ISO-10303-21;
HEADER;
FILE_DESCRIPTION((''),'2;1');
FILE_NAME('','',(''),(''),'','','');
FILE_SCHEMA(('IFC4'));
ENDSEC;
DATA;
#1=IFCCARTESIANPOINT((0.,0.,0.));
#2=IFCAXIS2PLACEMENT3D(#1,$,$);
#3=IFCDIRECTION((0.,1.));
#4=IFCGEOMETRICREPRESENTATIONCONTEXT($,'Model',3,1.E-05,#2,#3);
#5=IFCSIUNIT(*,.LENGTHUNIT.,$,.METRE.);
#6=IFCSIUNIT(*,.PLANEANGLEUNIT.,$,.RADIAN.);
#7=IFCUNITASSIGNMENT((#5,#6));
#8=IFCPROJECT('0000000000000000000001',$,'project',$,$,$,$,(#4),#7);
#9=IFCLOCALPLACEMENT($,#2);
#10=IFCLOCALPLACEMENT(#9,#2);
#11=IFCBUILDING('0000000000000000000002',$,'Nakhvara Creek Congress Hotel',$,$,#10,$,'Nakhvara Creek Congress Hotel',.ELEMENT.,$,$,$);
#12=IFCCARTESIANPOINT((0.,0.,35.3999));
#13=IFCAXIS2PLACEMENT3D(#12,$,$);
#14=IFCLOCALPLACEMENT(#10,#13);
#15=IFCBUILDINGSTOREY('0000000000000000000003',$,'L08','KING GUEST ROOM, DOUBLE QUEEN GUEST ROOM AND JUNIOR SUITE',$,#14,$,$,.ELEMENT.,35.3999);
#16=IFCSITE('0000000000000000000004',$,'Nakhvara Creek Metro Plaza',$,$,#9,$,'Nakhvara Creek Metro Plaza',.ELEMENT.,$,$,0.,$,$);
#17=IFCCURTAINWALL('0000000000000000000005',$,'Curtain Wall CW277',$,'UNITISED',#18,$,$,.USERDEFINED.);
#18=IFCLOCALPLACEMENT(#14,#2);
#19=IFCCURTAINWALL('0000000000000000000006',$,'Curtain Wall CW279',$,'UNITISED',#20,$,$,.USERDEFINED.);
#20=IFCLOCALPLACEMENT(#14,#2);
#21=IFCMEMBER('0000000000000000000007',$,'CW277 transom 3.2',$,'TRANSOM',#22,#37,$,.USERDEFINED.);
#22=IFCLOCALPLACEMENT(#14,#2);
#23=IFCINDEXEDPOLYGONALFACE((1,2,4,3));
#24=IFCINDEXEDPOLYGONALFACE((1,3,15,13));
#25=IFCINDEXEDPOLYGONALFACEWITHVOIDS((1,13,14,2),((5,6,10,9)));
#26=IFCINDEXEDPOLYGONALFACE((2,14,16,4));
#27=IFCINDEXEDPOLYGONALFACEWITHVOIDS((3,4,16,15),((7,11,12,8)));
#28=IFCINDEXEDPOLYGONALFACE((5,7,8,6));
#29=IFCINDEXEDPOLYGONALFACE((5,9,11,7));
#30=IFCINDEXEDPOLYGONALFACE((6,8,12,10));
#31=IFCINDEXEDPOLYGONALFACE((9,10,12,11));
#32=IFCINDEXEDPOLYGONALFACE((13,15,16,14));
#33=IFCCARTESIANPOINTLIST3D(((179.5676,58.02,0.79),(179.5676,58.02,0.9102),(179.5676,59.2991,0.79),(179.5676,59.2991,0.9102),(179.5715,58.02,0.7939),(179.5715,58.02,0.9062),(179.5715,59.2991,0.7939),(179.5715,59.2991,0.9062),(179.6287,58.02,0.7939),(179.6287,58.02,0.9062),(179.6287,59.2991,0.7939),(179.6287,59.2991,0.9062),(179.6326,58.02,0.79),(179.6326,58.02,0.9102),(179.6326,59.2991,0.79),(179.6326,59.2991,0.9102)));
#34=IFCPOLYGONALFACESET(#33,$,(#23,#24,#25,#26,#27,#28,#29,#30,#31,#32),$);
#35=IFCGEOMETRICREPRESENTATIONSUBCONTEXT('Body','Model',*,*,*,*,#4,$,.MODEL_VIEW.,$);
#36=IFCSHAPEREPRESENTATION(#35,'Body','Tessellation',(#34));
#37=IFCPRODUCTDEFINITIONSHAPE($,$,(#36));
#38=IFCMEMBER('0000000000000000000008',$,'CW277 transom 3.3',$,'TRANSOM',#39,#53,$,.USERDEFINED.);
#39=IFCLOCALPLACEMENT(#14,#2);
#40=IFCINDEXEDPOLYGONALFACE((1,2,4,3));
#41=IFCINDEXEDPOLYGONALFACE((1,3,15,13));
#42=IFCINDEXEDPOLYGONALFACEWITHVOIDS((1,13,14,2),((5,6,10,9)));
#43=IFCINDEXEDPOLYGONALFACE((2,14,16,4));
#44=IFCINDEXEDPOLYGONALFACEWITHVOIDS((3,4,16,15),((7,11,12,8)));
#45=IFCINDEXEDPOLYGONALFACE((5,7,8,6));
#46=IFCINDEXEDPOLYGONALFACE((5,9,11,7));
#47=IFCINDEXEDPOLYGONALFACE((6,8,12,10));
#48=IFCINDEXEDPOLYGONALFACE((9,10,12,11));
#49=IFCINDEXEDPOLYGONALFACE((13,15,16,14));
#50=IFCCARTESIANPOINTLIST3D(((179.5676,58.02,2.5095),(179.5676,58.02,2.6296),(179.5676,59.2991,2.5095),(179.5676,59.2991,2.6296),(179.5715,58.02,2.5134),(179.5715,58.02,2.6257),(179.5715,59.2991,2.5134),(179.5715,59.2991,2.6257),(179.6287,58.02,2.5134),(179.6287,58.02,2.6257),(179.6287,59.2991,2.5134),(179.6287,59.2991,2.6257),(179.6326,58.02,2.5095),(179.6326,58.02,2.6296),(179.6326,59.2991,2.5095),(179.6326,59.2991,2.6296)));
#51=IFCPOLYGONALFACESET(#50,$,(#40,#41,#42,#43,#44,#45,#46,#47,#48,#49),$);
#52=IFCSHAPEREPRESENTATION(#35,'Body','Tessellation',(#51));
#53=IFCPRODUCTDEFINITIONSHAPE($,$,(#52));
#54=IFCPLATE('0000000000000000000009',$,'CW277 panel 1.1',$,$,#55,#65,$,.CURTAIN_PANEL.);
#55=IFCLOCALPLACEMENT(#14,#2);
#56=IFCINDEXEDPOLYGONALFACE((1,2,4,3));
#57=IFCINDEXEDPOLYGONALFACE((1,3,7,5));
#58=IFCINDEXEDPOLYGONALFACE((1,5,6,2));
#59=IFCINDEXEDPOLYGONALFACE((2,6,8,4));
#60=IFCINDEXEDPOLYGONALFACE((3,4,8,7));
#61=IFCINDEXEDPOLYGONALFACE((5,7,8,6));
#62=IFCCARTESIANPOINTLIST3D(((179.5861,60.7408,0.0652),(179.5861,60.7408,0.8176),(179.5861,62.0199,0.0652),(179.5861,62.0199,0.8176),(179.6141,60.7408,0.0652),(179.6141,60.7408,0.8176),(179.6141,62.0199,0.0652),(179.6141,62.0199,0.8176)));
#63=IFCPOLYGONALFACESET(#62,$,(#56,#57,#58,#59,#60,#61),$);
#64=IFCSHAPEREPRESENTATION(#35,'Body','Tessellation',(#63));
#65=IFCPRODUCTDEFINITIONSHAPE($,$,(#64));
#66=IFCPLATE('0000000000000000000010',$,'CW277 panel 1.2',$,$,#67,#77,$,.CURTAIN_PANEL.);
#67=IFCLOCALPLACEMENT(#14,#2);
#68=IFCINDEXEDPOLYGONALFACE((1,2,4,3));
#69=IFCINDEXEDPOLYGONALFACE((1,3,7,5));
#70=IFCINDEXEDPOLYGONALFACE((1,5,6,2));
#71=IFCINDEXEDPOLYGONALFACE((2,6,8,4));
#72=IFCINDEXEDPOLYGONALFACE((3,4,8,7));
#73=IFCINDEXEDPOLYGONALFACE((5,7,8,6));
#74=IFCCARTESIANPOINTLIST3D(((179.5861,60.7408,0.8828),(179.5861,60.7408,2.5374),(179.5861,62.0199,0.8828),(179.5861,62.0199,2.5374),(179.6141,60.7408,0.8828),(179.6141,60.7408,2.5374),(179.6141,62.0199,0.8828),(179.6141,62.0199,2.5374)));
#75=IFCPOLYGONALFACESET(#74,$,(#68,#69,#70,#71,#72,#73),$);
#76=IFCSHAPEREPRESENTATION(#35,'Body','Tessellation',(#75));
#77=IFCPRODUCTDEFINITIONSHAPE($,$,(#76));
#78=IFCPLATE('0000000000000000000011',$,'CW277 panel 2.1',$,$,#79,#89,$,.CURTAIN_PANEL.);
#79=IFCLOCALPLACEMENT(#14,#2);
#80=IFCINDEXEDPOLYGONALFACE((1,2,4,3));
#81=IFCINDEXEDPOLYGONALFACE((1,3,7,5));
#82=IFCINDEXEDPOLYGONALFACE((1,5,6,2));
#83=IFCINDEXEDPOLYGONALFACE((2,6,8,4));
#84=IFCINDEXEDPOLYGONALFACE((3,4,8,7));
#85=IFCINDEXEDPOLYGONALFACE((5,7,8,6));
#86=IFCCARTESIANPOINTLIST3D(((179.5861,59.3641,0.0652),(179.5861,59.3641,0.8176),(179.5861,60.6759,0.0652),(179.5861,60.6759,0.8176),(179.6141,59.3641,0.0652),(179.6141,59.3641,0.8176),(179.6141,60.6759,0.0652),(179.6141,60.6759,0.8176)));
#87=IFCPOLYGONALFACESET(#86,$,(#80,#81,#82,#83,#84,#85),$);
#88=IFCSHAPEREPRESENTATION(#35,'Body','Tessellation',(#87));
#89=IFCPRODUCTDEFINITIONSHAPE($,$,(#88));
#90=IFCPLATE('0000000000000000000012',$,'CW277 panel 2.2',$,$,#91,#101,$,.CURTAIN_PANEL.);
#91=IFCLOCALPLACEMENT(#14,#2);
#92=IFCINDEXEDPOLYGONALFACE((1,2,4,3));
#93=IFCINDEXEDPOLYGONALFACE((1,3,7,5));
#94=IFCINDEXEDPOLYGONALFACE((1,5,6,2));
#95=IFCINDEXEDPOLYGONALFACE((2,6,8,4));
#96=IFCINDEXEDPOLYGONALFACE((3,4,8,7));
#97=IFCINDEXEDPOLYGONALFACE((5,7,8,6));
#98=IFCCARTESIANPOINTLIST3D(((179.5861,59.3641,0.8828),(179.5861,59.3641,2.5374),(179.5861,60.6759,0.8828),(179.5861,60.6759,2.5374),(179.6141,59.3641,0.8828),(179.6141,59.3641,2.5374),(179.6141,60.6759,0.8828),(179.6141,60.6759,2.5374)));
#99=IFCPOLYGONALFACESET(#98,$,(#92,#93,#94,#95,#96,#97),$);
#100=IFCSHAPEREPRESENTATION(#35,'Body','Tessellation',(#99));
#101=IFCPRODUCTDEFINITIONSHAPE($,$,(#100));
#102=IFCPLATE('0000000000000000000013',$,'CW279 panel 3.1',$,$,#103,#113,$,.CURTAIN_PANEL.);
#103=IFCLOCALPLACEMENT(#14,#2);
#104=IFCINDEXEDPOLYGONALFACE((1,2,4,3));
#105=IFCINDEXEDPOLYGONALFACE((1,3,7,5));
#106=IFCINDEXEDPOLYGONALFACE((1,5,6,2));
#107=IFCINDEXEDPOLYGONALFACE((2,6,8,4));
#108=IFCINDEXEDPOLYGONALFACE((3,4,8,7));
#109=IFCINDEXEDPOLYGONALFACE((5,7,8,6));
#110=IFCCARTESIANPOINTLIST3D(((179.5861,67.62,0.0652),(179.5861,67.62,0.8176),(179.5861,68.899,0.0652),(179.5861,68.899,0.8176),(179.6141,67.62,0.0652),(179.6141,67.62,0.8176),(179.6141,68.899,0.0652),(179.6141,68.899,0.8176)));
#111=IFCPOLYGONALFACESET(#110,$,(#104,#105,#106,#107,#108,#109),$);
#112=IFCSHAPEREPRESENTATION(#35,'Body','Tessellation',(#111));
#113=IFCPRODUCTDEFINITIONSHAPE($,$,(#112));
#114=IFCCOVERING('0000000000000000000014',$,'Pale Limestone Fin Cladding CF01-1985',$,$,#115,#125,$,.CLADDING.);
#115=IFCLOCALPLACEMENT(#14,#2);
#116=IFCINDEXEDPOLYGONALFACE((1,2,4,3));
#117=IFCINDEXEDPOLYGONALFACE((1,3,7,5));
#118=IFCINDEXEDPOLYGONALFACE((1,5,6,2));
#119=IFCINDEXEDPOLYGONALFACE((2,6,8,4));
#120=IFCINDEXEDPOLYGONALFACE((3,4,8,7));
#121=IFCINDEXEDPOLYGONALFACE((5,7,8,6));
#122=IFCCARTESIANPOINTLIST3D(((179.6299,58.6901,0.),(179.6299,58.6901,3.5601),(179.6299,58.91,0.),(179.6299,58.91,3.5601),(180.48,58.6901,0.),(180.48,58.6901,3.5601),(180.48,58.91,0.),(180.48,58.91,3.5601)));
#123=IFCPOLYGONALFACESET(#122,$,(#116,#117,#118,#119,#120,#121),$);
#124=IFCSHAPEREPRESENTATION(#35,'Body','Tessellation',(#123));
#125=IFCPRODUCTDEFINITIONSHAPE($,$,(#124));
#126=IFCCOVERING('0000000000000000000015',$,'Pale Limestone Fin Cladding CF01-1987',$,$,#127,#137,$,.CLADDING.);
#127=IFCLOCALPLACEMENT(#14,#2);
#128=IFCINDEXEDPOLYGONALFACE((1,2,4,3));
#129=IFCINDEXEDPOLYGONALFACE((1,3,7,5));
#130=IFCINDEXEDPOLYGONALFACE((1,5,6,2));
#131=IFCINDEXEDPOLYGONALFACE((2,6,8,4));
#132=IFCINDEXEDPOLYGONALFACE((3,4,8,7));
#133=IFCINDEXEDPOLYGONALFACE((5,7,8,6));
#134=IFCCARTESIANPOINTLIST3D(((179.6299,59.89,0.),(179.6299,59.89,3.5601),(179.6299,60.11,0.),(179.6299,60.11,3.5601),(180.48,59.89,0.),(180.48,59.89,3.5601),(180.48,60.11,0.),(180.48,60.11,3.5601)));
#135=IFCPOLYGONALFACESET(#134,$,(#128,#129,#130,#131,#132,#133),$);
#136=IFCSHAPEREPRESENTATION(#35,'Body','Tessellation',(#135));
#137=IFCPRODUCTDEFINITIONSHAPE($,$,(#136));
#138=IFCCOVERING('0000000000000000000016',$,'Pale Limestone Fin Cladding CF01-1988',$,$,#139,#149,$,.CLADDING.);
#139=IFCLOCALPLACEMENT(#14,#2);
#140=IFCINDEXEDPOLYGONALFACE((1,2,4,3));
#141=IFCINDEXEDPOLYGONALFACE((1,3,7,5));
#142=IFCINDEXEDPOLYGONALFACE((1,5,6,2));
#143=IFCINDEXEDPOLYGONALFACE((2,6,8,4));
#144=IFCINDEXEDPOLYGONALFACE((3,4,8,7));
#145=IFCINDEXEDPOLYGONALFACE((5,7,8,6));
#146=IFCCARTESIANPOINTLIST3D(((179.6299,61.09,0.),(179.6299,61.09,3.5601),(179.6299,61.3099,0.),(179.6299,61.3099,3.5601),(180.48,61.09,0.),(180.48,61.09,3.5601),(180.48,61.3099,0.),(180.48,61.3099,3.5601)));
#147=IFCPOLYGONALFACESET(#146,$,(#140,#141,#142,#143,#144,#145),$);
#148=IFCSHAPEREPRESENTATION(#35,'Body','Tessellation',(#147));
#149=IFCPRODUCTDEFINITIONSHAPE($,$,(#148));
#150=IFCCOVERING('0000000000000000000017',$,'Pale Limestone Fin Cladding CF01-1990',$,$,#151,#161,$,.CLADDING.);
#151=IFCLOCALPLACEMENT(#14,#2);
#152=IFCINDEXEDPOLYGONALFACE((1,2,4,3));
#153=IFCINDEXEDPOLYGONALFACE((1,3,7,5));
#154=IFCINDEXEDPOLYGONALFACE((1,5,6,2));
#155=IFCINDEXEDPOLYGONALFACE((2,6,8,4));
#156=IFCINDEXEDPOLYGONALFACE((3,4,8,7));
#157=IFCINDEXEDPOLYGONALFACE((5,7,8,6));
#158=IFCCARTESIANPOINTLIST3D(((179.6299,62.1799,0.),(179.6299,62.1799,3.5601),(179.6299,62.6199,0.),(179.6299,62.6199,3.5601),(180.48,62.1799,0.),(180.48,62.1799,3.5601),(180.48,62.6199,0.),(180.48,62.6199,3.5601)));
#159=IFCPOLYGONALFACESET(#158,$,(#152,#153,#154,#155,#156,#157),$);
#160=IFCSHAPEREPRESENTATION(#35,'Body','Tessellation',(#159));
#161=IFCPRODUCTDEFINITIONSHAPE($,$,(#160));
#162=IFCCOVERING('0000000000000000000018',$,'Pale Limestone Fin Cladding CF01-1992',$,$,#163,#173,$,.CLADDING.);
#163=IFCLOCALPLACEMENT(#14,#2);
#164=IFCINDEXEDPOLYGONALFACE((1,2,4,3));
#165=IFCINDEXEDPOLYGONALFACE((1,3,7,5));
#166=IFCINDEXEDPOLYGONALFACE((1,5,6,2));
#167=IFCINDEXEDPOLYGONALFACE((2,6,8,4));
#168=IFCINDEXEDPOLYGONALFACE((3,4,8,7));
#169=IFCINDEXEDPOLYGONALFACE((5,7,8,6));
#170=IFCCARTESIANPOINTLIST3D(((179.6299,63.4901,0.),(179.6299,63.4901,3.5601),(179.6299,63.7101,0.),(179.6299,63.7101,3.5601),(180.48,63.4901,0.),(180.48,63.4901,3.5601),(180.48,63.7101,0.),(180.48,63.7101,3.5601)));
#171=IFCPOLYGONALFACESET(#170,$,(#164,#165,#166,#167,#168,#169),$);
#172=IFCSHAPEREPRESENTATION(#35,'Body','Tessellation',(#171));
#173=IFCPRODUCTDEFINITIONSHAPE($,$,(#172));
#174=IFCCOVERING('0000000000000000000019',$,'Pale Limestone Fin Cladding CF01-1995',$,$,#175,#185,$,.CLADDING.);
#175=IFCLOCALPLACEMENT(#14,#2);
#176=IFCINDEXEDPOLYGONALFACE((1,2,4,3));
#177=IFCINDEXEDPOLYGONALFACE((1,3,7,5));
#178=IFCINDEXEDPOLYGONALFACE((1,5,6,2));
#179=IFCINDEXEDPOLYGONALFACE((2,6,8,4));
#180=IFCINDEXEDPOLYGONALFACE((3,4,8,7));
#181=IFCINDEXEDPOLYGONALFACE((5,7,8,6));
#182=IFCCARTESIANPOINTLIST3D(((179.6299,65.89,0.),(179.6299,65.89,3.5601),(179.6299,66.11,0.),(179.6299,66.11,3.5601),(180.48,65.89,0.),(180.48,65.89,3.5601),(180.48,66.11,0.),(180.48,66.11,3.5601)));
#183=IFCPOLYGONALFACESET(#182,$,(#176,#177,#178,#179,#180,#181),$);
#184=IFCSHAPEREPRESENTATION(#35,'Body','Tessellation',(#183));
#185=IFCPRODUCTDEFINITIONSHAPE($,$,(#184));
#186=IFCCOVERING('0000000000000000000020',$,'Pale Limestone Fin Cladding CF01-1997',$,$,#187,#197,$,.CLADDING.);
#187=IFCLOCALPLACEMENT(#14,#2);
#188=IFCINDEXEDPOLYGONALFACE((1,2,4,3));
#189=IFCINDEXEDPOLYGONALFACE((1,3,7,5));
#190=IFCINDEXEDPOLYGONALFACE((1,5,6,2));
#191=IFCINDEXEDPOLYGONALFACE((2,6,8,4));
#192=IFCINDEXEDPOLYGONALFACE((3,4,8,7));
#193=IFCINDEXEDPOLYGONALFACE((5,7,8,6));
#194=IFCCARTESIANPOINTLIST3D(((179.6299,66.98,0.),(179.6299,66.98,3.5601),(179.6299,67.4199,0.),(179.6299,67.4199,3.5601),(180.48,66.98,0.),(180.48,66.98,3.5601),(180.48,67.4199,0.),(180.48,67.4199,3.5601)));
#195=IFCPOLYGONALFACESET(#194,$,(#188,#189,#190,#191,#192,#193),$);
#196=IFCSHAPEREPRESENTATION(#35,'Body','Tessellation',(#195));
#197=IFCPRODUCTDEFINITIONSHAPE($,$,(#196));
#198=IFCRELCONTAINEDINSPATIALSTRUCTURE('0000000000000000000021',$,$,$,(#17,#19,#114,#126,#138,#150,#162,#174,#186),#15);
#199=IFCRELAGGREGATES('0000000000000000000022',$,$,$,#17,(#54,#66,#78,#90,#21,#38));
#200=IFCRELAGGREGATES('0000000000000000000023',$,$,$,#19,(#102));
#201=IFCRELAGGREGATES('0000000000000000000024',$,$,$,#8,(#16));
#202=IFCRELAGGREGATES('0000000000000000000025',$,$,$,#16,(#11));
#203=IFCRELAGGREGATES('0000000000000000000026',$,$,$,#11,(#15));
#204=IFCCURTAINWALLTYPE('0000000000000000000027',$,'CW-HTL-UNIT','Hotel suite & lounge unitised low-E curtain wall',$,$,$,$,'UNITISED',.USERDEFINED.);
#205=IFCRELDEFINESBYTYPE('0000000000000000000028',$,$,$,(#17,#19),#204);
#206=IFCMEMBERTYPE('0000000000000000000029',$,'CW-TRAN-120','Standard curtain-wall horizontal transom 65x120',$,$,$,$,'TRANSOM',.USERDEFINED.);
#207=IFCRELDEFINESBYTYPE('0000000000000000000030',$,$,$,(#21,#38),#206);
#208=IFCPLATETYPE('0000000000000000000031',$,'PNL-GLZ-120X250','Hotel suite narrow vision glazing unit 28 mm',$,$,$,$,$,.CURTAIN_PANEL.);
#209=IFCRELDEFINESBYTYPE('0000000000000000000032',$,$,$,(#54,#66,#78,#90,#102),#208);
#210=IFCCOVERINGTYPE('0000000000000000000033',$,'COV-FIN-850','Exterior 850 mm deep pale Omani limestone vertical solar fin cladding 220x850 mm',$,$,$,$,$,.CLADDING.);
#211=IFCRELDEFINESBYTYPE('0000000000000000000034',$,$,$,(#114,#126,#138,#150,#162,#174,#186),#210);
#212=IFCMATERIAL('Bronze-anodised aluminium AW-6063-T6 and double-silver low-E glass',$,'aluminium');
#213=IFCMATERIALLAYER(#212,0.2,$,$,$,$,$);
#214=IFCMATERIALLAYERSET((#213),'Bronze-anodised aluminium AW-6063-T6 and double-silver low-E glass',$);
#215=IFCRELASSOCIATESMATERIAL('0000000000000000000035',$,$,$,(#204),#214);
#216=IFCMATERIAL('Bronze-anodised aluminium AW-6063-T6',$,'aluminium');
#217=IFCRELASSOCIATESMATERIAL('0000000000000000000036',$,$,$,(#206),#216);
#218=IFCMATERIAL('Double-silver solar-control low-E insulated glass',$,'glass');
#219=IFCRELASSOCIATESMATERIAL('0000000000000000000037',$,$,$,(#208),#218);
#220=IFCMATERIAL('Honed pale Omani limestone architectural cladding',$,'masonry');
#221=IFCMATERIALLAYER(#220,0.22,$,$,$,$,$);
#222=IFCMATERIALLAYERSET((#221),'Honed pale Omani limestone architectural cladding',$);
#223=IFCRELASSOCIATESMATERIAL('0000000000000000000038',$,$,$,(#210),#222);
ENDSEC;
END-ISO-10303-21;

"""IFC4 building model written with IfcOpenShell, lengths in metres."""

from ifc_helpers import new_model, si_unit, direction, frame, origin, origin_2d, place, context, subcontext, project, spatial, rectangle, hollow_rectangle, extrude, material, layer, layer_set, material_profile, profile_set, type_object, element, aggregate, save


model = new_model("IFC4")

# Units and contexts
model_context = context("Model", 3, precision=1e-05, world=origin(), true_north=direction((0.0, 1.0)))
body_context = subcontext(model_context, "Body", "Model", "MODEL_VIEW")
ifc_project = project(units=[si_unit("LENGTHUNIT", "METRE"), si_unit("PLANEANGLEUNIT", "RADIAN")], contexts=[model_context])

# Site, building, storey
site_placement = place(None, origin())
site = spatial("IfcSite", under=ifc_project, at=site_placement, Name="Nakhvara Creek Metro Plaza", LongName="Nakhvara Creek Metro Plaza", CompositionType="ELEMENT", RefElevation=0.0)
building_placement = place(site_placement, origin())
building = spatial("IfcBuilding", under=site, at=building_placement, Name="Nakhvara Creek Congress Hotel", LongName="Nakhvara Creek Congress Hotel", CompositionType="ELEMENT")
storey_placement = place(building_placement, frame((0.0, 0.0, 35.3999)))
storey = spatial("IfcBuildingStorey", under=building, at=storey_placement, Name="L08", Description="KING GUEST ROOM, DOUBLE QUEEN GUEST ROOM AND JUNIOR SUITE", CompositionType="ELEMENT", Elevation=35.3999)

# Curtain wall
ifc_material_1 = material(Name="Bronze-anodised aluminium AW-6063-T6 and double-silver low-E glass", Category="aluminium")
ifc_layer_1 = layer(ifc_material_1, 0.2)
ifc_layer_set_1 = layer_set([ifc_layer_1], Name="Bronze-anodised aluminium AW-6063-T6 and double-silver low-E glass")
curtain_wall_type = type_object("IfcCurtainWallType", Name="CW-HTL-UNIT", Description="Hotel suite & lounge unitised low-E curtain wall", ElementType="UNITISED", PredefinedType="USERDEFINED", material=ifc_layer_set_1)
curtain_wall_1_placement = place(storey_placement, origin())
curtain_wall_1 = element("IfcCurtainWall", 1, at=curtain_wall_1_placement, inside=storey, type_object=curtain_wall_type, Name="Curtain Wall CW277", ObjectType="UNITISED", PredefinedType="USERDEFINED")
ifc_material_2 = material(Name="Bronze-anodised aluminium AW-6063-T6", Category="aluminium")

# Curtain wall
curtain_wall_2_placement = place(storey_placement, origin())
curtain_wall_2 = element("IfcCurtainWall", 2, at=curtain_wall_2_placement, inside=storey, type_object=curtain_wall_type, Name="Curtain Wall CW279", ObjectType="UNITISED", PredefinedType="USERDEFINED")

# Members
ifc_material_profile_1 = material_profile(ifc_material_2, hollow_rectangle(XDim=0.0649, YDim=0.1201, WallThickness=0.0039, at=origin_2d()), Name="ALU-TRAN 65x120x4", Category="LoadBearing")
ifc_profile_set_1 = profile_set([ifc_material_profile_1], Name="Bronze-anodised aluminium AW-6063-T6")
member_type_1 = type_object("IfcMemberType", Name="CW-TRAN-120", Description="Standard curtain-wall horizontal transom 65x120", ElementType="TRANSOM", PredefinedType="USERDEFINED", material=ifc_profile_set_1)
member_1_placement = place(storey_placement, frame((179.6001, 59.2991, 0.8501), z_axis=(0.0, -1.0, 0.0), x_axis=(1.0, 0.0, 0.0)))
member_1 = element("IfcMember", 3, at=member_1_placement, type_object=member_type_1, Name="CW277 transom 3.2", ObjectType="TRANSOM", PredefinedType="USERDEFINED", context=body_context, shape_type="SweptSolid", body=[
    extrude(hollow_rectangle(XDim=0.0649, YDim=0.1201, WallThickness=0.0039, at=origin_2d()), origin(), (0.0, 0.0, 1.0), 1.2791),
])
member_2_placement = place(storey_placement, frame((179.6001, 59.2991, 2.5696), z_axis=(0.0, -1.0, 0.0), x_axis=(1.0, 0.0, 0.0)))
member_2 = element("IfcMember", 4, at=member_2_placement, type_object=member_type_1, Name="CW277 transom 3.3", ObjectType="TRANSOM", PredefinedType="USERDEFINED", context=body_context, shape_type="SweptSolid", body=[
    extrude(hollow_rectangle(XDim=0.0649, YDim=0.1201, WallThickness=0.0039, at=origin_2d()), origin(), (0.0, 0.0, 1.0), 1.2791),
])

# Plates
ifc_material_3 = material(Name="Double-silver solar-control low-E insulated glass", Category="glass")
plate_type = type_object("IfcPlateType", Name="PNL-GLZ-120X250", Description="Hotel suite narrow vision glazing unit 28 mm", PredefinedType="CURTAIN_PANEL", material=ifc_material_3)
plate_1_placement = place(storey_placement, frame((179.6001, 61.3804, 0.0652), z_axis=(0.0, 0.0, 1.0), x_axis=(0.0, -1.0, 0.0)))
plate_1 = element("IfcPlate", 5, at=plate_1_placement, type_object=plate_type, Name="CW277 panel 1.1", PredefinedType="CURTAIN_PANEL", context=body_context, shape_type="SweptSolid", body=[
    extrude(rectangle(XDim=1.2791, YDim=0.0281, at=origin_2d()), origin(), (0.0, 0.0, 1.0), 0.7524),
])
plate_2_placement = place(storey_placement, frame((179.6001, 61.3804, 0.8828), z_axis=(0.0, 0.0, 1.0), x_axis=(0.0, -1.0, 0.0)))
plate_2 = element("IfcPlate", 6, at=plate_2_placement, type_object=plate_type, Name="CW277 panel 1.2", PredefinedType="CURTAIN_PANEL", context=body_context, shape_type="SweptSolid", body=[
    extrude(rectangle(XDim=1.2791, YDim=0.0281, at=origin_2d()), origin(), (0.0, 0.0, 1.0), 1.6545),
])
plate_3_placement = place(storey_placement, frame((179.6001, 60.02, 0.0652), z_axis=(0.0, 0.0, 1.0), x_axis=(0.0, -1.0, 0.0)))
plate_3 = element("IfcPlate", 7, at=plate_3_placement, type_object=plate_type, Name="CW277 panel 2.1", PredefinedType="CURTAIN_PANEL", context=body_context, shape_type="SweptSolid", body=[
    extrude(rectangle(XDim=1.3118, YDim=0.0281, at=origin_2d()), origin(), (0.0, 0.0, 1.0), 0.7524),
])
plate_4_placement = place(storey_placement, frame((179.6001, 60.02, 0.8828), z_axis=(0.0, 0.0, 1.0), x_axis=(0.0, -1.0, 0.0)))
plate_4 = element("IfcPlate", 8, at=plate_4_placement, type_object=plate_type, Name="CW277 panel 2.2", PredefinedType="CURTAIN_PANEL", context=body_context, shape_type="SweptSolid", body=[
    extrude(rectangle(XDim=1.3118, YDim=0.0281, at=origin_2d()), origin(), (0.0, 0.0, 1.0), 1.6545),
])
aggregate(curtain_wall_1, [plate_1, plate_2, plate_3, plate_4, member_1, member_2])
plate_5_placement = place(storey_placement, frame((179.6001, 68.2595, 0.0652), z_axis=(0.0, 0.0, 1.0), x_axis=(0.0, -1.0, 0.0)))
plate_5 = element("IfcPlate", 9, at=plate_5_placement, type_object=plate_type, Name="CW279 panel 3.1", PredefinedType="CURTAIN_PANEL", context=body_context, shape_type="SweptSolid", body=[
    extrude(rectangle(XDim=1.2791, YDim=0.0281, at=origin_2d()), origin(), (0.0, 0.0, 1.0), 0.7524),
])
aggregate(curtain_wall_2, [plate_5])

# Coverings
ifc_material_4 = material(Name="Honed pale Omani limestone architectural cladding", Category="masonry")
ifc_layer_2 = layer(ifc_material_4, 0.22)
ifc_layer_set_2 = layer_set([ifc_layer_2], Name="Honed pale Omani limestone architectural cladding")
covering_type = type_object("IfcCoveringType", Name="COV-FIN-850", Description="Exterior 850 mm deep pale Omani limestone vertical solar fin cladding 220x850 mm", PredefinedType="CLADDING", material=ifc_layer_set_2)
for number, where, z_axis, x_axis, name in (
    (10, (180.0549, 58.8, 0.0), (0.0, 0.0, 1.0), (0.0, 1.0, 0.0), "Pale Limestone Fin Cladding CF01-1985"),
    (11, (180.0549, 60.0, 0.0), (0.0, 0.0, 1.0), (0.0, 1.0, 0.0), "Pale Limestone Fin Cladding CF01-1987"),
    (12, (180.0549, 61.2, 0.0), (0.0, 0.0, 1.0), (0.0, 1.0, 0.0), "Pale Limestone Fin Cladding CF01-1988"),
):
    element("IfcCovering", number, at=place(storey_placement, frame(where, z_axis=z_axis, x_axis=x_axis)), inside=storey, type_object=covering_type, Name=name, PredefinedType="CLADDING", context=body_context, shape_type="SweptSolid", body=[
        extrude(rectangle(XDim=0.22, YDim=0.8501, at=origin_2d()), origin(), (0.0, 0.0, 1.0), 3.5601),
    ])
covering_1_placement = place(storey_placement, frame((180.0549, 62.3999, 0.0), z_axis=(0.0, 0.0, 1.0), x_axis=(0.0, 1.0, 0.0)))
element("IfcCovering", 13, at=covering_1_placement, inside=storey, type_object=covering_type, Name="Pale Limestone Fin Cladding CF01-1990", PredefinedType="CLADDING", context=body_context, shape_type="SweptSolid", body=[
    extrude(rectangle(XDim=0.4399, YDim=0.8501, at=origin_2d()), origin(), (0.0, 0.0, 1.0), 3.5601),
])
for number, where, z_axis, x_axis, name in (
    (14, (180.0549, 63.6001, 0.0), (0.0, 0.0, 1.0), (0.0, 1.0, 0.0), "Pale Limestone Fin Cladding CF01-1992"),
    (15, (180.0549, 66.0, 0.0), (0.0, 0.0, 1.0), (0.0, 1.0, 0.0), "Pale Limestone Fin Cladding CF01-1995"),
):
    element("IfcCovering", number, at=place(storey_placement, frame(where, z_axis=z_axis, x_axis=x_axis)), inside=storey, type_object=covering_type, Name=name, PredefinedType="CLADDING", context=body_context, shape_type="SweptSolid", body=[
        extrude(rectangle(XDim=0.22, YDim=0.8501, at=origin_2d()), origin(), (0.0, 0.0, 1.0), 3.5601),
    ])
covering_2_placement = place(storey_placement, frame((180.0549, 67.2, 0.0), z_axis=(0.0, 0.0, 1.0), x_axis=(0.0, 1.0, 0.0)))
element("IfcCovering", 16, at=covering_2_placement, inside=storey, type_object=covering_type, Name="Pale Limestone Fin Cladding CF01-1997", PredefinedType="CLADDING", context=body_context, shape_type="SweptSolid", body=[
    extrude(rectangle(XDim=0.4399, YDim=0.8501, at=origin_2d()), origin(), (0.0, 0.0, 1.0), 3.5601),
])

save(model, "model.ifc")
